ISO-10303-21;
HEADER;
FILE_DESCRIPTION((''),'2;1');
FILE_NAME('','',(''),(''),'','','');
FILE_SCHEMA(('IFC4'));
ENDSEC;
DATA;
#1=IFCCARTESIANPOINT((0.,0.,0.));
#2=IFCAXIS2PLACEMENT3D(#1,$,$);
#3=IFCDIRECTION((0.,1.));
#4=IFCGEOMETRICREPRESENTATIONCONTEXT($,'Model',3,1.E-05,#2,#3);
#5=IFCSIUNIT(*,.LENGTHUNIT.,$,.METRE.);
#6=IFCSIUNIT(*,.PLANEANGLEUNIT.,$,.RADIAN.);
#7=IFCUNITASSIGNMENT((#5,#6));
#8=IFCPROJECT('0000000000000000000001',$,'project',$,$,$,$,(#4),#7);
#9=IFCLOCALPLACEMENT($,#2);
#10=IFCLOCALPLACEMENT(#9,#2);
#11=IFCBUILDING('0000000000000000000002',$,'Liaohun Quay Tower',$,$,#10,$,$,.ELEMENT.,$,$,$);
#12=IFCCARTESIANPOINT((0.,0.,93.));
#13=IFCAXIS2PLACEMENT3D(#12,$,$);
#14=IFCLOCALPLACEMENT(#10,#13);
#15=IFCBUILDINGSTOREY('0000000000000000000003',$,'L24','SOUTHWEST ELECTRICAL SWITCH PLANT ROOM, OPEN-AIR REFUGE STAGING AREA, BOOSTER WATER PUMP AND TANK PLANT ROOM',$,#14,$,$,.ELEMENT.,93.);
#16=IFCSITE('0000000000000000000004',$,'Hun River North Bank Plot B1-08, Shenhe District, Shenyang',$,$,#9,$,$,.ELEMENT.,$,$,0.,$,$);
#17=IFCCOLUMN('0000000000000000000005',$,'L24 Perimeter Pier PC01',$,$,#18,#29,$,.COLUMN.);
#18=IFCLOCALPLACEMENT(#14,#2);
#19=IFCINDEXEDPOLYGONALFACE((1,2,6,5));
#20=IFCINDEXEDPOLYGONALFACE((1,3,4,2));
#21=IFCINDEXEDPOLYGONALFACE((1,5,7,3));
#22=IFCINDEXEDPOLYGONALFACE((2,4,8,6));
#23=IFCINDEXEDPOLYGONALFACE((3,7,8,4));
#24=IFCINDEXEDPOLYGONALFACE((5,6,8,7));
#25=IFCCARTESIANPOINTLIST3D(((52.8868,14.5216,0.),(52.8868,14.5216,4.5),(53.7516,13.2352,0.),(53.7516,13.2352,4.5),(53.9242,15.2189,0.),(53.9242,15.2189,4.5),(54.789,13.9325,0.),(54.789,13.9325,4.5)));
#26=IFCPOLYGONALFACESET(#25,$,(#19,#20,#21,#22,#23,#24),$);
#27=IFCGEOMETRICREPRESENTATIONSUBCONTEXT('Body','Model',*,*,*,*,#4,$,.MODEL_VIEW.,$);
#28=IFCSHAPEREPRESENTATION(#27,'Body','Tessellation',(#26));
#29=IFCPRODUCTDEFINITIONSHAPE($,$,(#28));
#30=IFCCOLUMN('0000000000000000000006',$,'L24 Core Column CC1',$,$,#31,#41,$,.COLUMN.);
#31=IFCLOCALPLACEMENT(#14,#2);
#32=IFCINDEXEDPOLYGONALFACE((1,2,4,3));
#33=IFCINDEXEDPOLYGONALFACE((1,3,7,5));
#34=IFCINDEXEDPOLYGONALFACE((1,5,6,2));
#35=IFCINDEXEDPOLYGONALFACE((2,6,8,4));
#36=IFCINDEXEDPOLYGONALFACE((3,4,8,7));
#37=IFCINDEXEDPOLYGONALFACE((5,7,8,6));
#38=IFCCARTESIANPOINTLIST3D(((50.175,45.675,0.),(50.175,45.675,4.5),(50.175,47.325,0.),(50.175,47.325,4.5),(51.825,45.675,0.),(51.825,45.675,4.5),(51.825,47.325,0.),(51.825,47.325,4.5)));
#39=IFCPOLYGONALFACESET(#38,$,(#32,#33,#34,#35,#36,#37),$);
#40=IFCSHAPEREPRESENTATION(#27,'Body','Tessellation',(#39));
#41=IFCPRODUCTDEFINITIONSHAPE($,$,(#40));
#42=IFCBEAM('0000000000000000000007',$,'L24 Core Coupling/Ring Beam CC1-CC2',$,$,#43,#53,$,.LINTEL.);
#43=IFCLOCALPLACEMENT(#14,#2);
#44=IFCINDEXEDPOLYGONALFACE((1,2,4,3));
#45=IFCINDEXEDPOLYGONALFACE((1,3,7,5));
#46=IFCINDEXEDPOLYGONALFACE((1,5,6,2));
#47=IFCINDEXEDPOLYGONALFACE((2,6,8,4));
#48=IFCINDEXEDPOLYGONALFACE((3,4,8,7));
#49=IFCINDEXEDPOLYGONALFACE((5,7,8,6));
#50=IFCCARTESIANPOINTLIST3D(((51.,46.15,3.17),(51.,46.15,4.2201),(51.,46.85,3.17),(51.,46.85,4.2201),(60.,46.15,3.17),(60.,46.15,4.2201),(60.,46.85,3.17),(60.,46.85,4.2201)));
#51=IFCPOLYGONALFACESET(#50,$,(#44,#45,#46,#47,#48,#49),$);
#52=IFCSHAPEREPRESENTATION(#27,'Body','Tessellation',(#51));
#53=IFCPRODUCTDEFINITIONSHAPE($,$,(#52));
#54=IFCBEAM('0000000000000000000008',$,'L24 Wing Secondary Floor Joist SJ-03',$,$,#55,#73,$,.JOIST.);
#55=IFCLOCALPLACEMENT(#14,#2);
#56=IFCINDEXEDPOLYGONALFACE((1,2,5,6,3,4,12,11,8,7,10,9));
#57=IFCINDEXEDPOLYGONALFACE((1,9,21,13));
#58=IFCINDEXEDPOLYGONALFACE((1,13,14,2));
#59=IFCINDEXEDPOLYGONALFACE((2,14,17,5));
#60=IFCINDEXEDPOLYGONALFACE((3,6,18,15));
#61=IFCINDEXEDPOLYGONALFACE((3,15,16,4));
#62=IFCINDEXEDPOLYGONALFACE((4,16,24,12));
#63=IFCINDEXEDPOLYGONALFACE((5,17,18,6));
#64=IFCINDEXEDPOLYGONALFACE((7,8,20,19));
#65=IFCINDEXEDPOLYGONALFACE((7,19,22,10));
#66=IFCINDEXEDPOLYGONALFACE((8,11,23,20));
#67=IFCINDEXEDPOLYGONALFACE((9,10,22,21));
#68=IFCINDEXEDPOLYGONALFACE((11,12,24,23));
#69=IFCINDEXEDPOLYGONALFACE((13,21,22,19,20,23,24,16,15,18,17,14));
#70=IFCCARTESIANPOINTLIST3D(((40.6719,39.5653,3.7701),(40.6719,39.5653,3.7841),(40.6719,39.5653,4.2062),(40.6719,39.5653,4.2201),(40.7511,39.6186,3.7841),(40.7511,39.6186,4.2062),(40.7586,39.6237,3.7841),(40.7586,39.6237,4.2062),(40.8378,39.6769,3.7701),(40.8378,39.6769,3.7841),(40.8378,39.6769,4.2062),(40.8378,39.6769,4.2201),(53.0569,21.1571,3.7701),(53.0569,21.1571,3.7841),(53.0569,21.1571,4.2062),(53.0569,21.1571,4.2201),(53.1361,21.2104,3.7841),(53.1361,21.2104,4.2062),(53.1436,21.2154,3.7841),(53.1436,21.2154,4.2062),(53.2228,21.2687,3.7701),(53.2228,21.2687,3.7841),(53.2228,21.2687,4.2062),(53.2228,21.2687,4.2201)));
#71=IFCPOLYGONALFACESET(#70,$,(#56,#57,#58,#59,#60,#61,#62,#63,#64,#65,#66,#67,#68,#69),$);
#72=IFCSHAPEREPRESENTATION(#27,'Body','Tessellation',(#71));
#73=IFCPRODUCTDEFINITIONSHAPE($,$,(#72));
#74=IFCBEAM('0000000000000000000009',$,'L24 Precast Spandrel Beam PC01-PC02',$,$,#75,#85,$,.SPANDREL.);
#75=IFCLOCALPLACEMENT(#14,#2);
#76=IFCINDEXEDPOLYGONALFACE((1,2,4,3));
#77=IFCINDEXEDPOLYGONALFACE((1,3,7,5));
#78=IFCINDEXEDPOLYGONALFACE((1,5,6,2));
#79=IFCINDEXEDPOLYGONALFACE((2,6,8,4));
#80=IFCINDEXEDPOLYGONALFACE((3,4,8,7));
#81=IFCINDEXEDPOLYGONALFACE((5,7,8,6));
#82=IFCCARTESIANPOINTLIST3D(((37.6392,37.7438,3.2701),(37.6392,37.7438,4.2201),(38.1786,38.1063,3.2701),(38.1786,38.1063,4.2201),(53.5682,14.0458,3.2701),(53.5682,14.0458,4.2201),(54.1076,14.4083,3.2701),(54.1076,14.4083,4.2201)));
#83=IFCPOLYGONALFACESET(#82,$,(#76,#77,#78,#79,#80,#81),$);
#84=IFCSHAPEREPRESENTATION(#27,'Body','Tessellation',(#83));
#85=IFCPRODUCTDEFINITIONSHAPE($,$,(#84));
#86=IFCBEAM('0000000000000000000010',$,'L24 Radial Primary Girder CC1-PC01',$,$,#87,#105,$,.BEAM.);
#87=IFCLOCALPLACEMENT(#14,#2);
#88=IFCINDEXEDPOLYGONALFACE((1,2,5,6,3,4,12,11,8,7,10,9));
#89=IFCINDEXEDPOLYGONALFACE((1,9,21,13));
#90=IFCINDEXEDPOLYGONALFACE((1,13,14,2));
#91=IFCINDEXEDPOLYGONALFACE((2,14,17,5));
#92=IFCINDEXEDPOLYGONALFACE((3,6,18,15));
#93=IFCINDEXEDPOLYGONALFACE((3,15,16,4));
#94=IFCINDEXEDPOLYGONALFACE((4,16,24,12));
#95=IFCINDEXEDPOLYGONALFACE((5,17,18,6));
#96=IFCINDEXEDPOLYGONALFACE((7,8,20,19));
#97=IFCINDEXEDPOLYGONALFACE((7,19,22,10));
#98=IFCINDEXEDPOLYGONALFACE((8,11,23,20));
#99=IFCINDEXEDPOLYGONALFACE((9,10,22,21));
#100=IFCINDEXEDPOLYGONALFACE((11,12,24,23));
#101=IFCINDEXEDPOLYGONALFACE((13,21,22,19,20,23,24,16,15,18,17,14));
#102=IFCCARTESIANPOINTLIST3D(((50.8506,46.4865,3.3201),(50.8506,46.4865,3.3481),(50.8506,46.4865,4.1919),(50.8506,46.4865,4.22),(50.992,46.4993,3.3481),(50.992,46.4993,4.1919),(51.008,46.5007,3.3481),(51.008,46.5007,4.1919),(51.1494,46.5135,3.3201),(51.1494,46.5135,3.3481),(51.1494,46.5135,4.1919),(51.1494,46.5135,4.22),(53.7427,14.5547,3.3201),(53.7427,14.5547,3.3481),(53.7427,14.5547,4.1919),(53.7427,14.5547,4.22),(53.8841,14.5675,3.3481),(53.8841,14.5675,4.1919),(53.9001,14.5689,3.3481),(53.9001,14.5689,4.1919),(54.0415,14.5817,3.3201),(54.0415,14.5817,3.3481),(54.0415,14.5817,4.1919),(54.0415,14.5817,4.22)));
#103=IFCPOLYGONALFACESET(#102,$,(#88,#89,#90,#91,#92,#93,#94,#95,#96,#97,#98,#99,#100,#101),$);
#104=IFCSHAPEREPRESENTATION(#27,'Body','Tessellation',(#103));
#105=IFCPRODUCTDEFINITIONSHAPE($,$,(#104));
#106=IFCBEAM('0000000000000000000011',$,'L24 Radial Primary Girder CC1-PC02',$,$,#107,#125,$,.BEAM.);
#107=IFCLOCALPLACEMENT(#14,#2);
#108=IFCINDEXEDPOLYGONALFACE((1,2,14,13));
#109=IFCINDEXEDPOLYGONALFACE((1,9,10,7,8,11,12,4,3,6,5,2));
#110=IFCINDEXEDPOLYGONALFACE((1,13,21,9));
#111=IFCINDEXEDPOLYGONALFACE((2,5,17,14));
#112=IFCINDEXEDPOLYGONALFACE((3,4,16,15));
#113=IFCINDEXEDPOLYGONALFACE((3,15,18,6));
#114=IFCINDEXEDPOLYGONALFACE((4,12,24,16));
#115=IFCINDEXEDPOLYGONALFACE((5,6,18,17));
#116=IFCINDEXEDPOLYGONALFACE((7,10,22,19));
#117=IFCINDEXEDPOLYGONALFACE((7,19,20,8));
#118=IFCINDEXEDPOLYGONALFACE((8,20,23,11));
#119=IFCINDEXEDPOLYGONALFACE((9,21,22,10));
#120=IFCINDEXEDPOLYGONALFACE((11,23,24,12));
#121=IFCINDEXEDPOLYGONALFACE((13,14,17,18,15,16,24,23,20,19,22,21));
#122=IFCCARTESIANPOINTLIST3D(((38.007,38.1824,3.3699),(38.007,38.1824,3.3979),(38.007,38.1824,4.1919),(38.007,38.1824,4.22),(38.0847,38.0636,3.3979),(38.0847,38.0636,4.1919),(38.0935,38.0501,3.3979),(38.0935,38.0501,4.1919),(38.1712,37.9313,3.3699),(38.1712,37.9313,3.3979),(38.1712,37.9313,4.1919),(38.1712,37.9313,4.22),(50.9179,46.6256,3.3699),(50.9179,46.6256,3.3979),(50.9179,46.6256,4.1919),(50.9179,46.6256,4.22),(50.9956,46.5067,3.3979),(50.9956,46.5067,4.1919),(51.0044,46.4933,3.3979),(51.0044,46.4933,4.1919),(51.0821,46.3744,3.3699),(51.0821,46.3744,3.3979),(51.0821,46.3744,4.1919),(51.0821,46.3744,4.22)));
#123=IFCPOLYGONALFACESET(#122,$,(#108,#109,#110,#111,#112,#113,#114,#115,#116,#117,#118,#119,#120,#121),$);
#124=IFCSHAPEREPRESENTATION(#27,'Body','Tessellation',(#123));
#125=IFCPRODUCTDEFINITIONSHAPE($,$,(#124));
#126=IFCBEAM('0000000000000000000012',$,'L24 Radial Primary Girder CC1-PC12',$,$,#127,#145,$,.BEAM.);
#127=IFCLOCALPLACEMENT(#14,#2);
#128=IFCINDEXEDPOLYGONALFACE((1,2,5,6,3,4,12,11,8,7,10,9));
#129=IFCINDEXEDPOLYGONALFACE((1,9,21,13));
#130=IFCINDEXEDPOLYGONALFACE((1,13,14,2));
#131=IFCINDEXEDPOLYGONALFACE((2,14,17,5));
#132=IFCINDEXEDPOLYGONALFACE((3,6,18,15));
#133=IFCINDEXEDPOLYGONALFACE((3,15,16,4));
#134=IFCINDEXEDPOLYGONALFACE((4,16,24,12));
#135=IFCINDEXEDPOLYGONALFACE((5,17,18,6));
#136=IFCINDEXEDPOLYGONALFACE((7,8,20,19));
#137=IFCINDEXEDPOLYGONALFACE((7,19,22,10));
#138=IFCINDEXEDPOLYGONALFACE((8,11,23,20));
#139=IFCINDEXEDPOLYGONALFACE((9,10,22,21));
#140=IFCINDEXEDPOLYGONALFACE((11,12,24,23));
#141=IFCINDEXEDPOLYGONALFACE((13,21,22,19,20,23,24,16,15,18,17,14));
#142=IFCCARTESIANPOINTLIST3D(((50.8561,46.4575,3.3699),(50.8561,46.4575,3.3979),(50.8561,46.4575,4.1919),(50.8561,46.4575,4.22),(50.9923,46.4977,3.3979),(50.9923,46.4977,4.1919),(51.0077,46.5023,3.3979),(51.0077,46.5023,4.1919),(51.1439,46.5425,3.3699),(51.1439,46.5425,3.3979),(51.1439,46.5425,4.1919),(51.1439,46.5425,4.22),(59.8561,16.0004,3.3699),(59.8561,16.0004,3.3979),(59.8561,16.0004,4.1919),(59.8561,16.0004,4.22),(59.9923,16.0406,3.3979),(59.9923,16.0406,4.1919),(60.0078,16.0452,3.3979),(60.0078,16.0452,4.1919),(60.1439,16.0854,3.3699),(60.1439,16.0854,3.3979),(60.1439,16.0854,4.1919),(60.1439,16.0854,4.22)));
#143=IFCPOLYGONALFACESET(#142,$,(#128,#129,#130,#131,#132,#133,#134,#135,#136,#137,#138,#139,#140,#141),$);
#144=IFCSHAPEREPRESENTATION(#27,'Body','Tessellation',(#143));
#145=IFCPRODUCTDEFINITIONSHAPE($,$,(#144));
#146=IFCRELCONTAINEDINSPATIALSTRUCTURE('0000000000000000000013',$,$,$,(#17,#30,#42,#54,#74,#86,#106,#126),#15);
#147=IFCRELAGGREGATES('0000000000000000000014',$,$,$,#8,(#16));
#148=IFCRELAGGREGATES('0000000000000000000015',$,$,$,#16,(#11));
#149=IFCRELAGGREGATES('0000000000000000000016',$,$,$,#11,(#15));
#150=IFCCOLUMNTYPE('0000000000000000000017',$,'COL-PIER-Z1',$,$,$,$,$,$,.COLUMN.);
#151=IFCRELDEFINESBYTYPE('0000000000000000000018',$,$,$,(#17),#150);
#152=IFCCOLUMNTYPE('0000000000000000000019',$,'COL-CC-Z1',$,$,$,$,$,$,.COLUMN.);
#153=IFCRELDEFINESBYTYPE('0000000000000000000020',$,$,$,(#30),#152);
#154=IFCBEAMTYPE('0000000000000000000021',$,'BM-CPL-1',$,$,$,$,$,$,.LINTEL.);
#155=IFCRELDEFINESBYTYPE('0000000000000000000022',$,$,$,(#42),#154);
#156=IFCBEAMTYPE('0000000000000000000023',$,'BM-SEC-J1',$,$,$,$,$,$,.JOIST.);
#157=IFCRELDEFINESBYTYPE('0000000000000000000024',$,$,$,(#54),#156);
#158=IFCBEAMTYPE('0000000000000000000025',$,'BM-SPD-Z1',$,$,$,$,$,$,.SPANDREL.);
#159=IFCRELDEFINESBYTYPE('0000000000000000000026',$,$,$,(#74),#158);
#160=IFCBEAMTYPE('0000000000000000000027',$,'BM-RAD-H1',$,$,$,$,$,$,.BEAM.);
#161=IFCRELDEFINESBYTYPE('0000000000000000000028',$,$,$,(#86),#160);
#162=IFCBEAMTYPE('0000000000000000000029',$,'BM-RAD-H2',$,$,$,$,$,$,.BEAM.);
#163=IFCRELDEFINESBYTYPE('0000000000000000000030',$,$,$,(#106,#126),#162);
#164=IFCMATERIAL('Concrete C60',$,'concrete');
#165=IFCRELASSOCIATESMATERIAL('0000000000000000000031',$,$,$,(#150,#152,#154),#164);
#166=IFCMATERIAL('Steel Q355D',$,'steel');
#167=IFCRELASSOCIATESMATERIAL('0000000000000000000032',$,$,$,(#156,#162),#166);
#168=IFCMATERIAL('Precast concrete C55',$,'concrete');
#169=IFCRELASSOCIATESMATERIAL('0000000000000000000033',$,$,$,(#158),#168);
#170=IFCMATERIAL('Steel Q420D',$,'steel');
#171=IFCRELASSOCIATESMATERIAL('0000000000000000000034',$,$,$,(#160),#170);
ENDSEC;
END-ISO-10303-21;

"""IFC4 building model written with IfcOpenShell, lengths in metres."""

from ifc_helpers import new_model, si_unit, direction, frame, origin, origin_2d, place, context, subcontext, project, spatial, rectangle, i_section, extrude, source, transform, mapped, material, material_profile, profile_set, type_object, element, save


model = new_model("IFC4")

# Units and contexts
model_context = context("Model", 3, precision=1e-05, world=origin(), true_north=direction((0.0, 1.0)))
body_context = subcontext(model_context, "Body", "Model", "MODEL_VIEW")
ifc_project = project(units=[si_unit("LENGTHUNIT", "METRE"), si_unit("PLANEANGLEUNIT", "RADIAN")], contexts=[model_context])

# Site, building, storey
site_placement = place(None, origin())
site = spatial("IfcSite", under=ifc_project, at=site_placement, Name="Hun River North Bank Plot B1-08, Shenhe District, Shenyang", CompositionType="ELEMENT", RefElevation=0.0)
building_placement = place(site_placement, origin())
building = spatial("IfcBuilding", under=site, at=building_placement, Name="Liaohun Quay Tower", CompositionType="ELEMENT")
storey_placement = place(building_placement, frame((0.0, 0.0, 93.0)))
storey = spatial("IfcBuildingStorey", under=building, at=storey_placement, Name="L24", Description="SOUTHWEST ELECTRICAL SWITCH PLANT ROOM, OPEN-AIR REFUGE STAGING AREA, BOOSTER WATER PUMP AND TANK PLANT ROOM", CompositionType="ELEMENT", Elevation=93.0)

# Columns
ifc_material_1 = material(Name="Concrete C60", Category="concrete")
ifc_material_profile_1 = material_profile(ifc_material_1, rectangle(XDim=1.55, YDim=1.25, at=origin_2d()), Name="RC1550x1250")
ifc_profile_set_1 = profile_set([ifc_material_profile_1], Name="Concrete C60")
column_type_1 = type_object("IfcColumnType", Name="COL-PIER-Z1", PredefinedType="COLUMN", material=ifc_profile_set_1)
shared_shape_1 = source(origin(), body_context, "Body", "SweptSolid", [
    extrude(rectangle(XDim=1.55, YDim=1.25, at=origin_2d()), origin(), (0.0, 0.0, 1.0), 4.5),
])
column_1_placement = place(storey_placement, frame((53.8379, 14.2271, 0.0), z_axis=(0.0, 0.0, 1.0), x_axis=(-0.55789, 0.829915, 0.0)))
element("IfcColumn", 1, at=column_1_placement, inside=storey, type_object=column_type_1, Name="L24 Perimeter Pier PC01", PredefinedType="COLUMN", context=body_context, shape_type="MappedRepresentation", body=[
    mapped(shared_shape_1, transform((0.0, 0.0, 0.0), x_axis=(1.0, 0.0, 0.0), y_axis=(0.0, 1.0, 0.0), z_axis=(0.0, 0.0, 1.0), scale=1.0)),
])
ifc_material_profile_2 = material_profile(ifc_material_1, rectangle(XDim=1.6499, YDim=1.6499, at=origin_2d()), Name="RC1650x1650")
ifc_profile_set_2 = profile_set([ifc_material_profile_2], Name="Concrete C60")
column_type_2 = type_object("IfcColumnType", Name="COL-CC-Z1", PredefinedType="COLUMN", material=ifc_profile_set_2)
shared_shape_2 = source(origin(), body_context, "Body", "SweptSolid", [
    extrude(rectangle(XDim=1.6499, YDim=1.6499, at=origin_2d()), origin(), (0.0, 0.0, 1.0), 4.5),
])
column_2_placement = place(storey_placement, frame((51.0, 46.5, 0.0), z_axis=(0.0, 0.0, 1.0), x_axis=(1.0, 0.0, 0.0)))
element("IfcColumn", 2, at=column_2_placement, inside=storey, type_object=column_type_2, Name="L24 Core Column CC1", PredefinedType="COLUMN", context=body_context, shape_type="MappedRepresentation", body=[
    mapped(shared_shape_2, transform((0.0, 0.0, 0.0), x_axis=(1.0, 0.0, 0.0), y_axis=(0.0, 1.0, 0.0), z_axis=(0.0, 0.0, 1.0), scale=1.0)),
])

# Beams
ifc_material_profile_3 = material_profile(ifc_material_1, rectangle(XDim=0.7, YDim=1.05, at=origin_2d()), Name="RC700x1050")
ifc_profile_set_3 = profile_set([ifc_material_profile_3], Name="Concrete C60")
beam_type_1 = type_object("IfcBeamType", Name="BM-CPL-1", PredefinedType="LINTEL", material=ifc_profile_set_3)
shared_shape_3 = source(origin(), body_context, "Body", "SweptSolid", [
    extrude(rectangle(XDim=0.7, YDim=1.05, at=origin_2d()), origin(), (0.0, 0.0, 1.0), 9.0),
])
beam_1_placement = place(storey_placement, frame((51.0, 46.5, 3.6951), z_axis=(1.0, 0.0, 0.0), x_axis=(0.0, 1.0, 0.0)))
element("IfcBeam", 3, at=beam_1_placement, inside=storey, type_object=beam_type_1, Name="L24 Core Coupling/Ring Beam CC1-CC2", PredefinedType="LINTEL", context=body_context, shape_type="MappedRepresentation", body=[
    mapped(shared_shape_3, transform((0.0, 0.0, 0.0), x_axis=(1.0, 0.0, 0.0), y_axis=(0.0, 1.0, 0.0), z_axis=(0.0, 0.0, 1.0), scale=1.0)),
])
ifc_material_2 = material(Name="Steel Q355D", Category="steel")
ifc_material_profile_4 = material_profile(ifc_material_2, i_section(OverallWidth=0.2, OverallDepth=0.45, WebThickness=0.009, FlangeThickness=0.0139, at=origin_2d()), Name="HN450x200x9x14")
ifc_profile_set_4 = profile_set([ifc_material_profile_4], Name="Steel Q355D")
beam_type_2 = type_object("IfcBeamType", Name="BM-SEC-J1", PredefinedType="JOIST", material=ifc_profile_set_4)
shared_shape_4 = source(origin(), body_context, "Body", "SweptSolid", [
    extrude(i_section(OverallWidth=0.2, OverallDepth=0.45, WebThickness=0.009, FlangeThickness=0.0139, at=origin_2d()), origin(), (0.0, 0.0, 1.0), 22.1868),
])
beam_2_placement = place(storey_placement, frame((53.1399, 21.2129, 3.9951), z_axis=(-0.558217, 0.829695, 0.0), x_axis=(-0.829695, -0.558217, 0.0)))
element("IfcBeam", 4, at=beam_2_placement, inside=storey, type_object=beam_type_2, Name="L24 Wing Secondary Floor Joist SJ-03", PredefinedType="JOIST", context=body_context, shape_type="MappedRepresentation", body=[
    mapped(shared_shape_4, transform((0.0, 0.0, 0.0), x_axis=(1.0, 0.0, 0.0), y_axis=(0.0, 1.0, 0.0), z_axis=(0.0, 0.0, 1.0), scale=1.0)),
])
ifc_material_3 = material(Name="Precast concrete C55", Category="concrete")
ifc_material_profile_5 = material_profile(ifc_material_3, rectangle(XDim=0.6499, YDim=0.95, at=origin_2d()), Name="RC650x950")
ifc_profile_set_5 = profile_set([ifc_material_profile_5], Name="Precast concrete C55")
beam_type_3 = type_object("IfcBeamType", Name="BM-SPD-Z1", PredefinedType="SPANDREL", material=ifc_profile_set_5)
shared_shape_5 = source(origin(), body_context, "Body", "SweptSolid", [
    extrude(rectangle(XDim=0.6499, YDim=0.95, at=origin_2d()), origin(), (0.0, 0.0, 1.0), 28.554),
])
beam_3_placement = place(storey_placement, frame((53.8379, 14.2271, 3.7451), z_axis=(-0.557855, 0.829938, 0.0), x_axis=(-0.829938, -0.557855, 0.0)))
element("IfcBeam", 5, at=beam_3_placement, inside=storey, type_object=beam_type_3, Name="L24 Precast Spandrel Beam PC01-PC02", PredefinedType="SPANDREL", context=body_context, shape_type="MappedRepresentation", body=[
    mapped(shared_shape_5, transform((0.0, 0.0, 0.0), x_axis=(1.0, 0.0, 0.0), y_axis=(0.0, 1.0, 0.0), z_axis=(0.0, 0.0, 1.0), scale=1.0)),
])
ifc_material_4 = material(Name="Steel Q420D", Category="steel")
ifc_material_profile_6 = material_profile(ifc_material_4, i_section(OverallWidth=0.3, OverallDepth=0.8999, WebThickness=0.0161, FlangeThickness=0.0281, at=origin_2d()), Name="HN900x300x16x28")
ifc_profile_set_6 = profile_set([ifc_material_profile_6], Name="Steel Q420D")
beam_type_4 = type_object("IfcBeamType", Name="BM-RAD-H1", PredefinedType="BEAM", material=ifc_profile_set_6)
shared_shape_6 = source(origin(), body_context, "Body", "SweptSolid", [
    extrude(i_section(OverallWidth=0.3, OverallDepth=0.8999, WebThickness=0.0161, FlangeThickness=0.0281, at=origin_2d()), origin(), (0.0, 0.0, 1.0), 32.0625),
])
beam_4_placement = place(storey_placement, frame((51.0, 46.5, 3.77), z_axis=(0.090201, -0.995924, 0.0), x_axis=(0.995924, 0.090201, 0.0)))
element("IfcBeam", 6, at=beam_4_placement, inside=storey, type_object=beam_type_4, Name="L24 Radial Primary Girder CC1-PC01", PredefinedType="BEAM", context=body_context, shape_type="MappedRepresentation", body=[
    mapped(shared_shape_6, transform((0.0, 0.0, 0.0), x_axis=(1.0, 0.0, 0.0), y_axis=(0.0, 1.0, 0.0), z_axis=(0.0, 0.0, 1.0), scale=1.0)),
])
ifc_material_profile_7 = material_profile(ifc_material_2, i_section(OverallWidth=0.3, OverallDepth=0.8501, WebThickness=0.0161, FlangeThickness=0.0281, at=origin_2d()), Name="HN850x300x16x28")
ifc_profile_set_7 = profile_set([ifc_material_profile_7], Name="Steel Q355D")
beam_type_5 = type_object("IfcBeamType", Name="BM-RAD-H2", PredefinedType="BEAM", material=ifc_profile_set_7)
shared_shape_7 = source(origin(), body_context, "Body", "SweptSolid", [
    extrude(i_section(OverallWidth=0.3, OverallDepth=0.8501, WebThickness=0.0161, FlangeThickness=0.0281, at=origin_2d()), origin(), (0.0, 0.0, 1.0), 15.4265),
])
beam_5_placement = place(storey_placement, frame((51.0, 46.5, 3.7949), z_axis=(-0.836929, -0.547312, 0.0), x_axis=(0.547312, -0.836929, 0.0)))
element("IfcBeam", 7, at=beam_5_placement, inside=storey, type_object=beam_type_5, Name="L24 Radial Primary Girder CC1-PC02", PredefinedType="BEAM", context=body_context, shape_type="MappedRepresentation", body=[
    mapped(shared_shape_7, transform((0.0, 0.0, 0.0), x_axis=(1.0, 0.0, 0.0), y_axis=(0.0, 1.0, 0.0), z_axis=(0.0, 0.0, 1.0), scale=1.0)),
])
shared_shape_8 = source(origin(), body_context, "Body", "SweptSolid", [
    extrude(i_section(OverallWidth=0.3, OverallDepth=0.8501, WebThickness=0.0161, FlangeThickness=0.0281, at=origin_2d()), origin(), (0.0, 0.0, 1.0), 31.759),
])
beam_6_placement = place(storey_placement, frame((51.0, 46.5, 3.7949), z_axis=(0.283385, -0.959006, 0.0), x_axis=(0.959006, 0.283385, 0.0)))
element("IfcBeam", 8, at=beam_6_placement, inside=storey, type_object=beam_type_5, Name="L24 Radial Primary Girder CC1-PC12", PredefinedType="BEAM", context=body_context, shape_type="MappedRepresentation", body=[
    mapped(shared_shape_8, transform((0.0, 0.0, 0.0), x_axis=(1.0, 0.0, 0.0), y_axis=(0.0, 1.0, 0.0), z_axis=(0.0, 0.0, 1.0), scale=1.0)),
])

save(model, "model.ifc")
